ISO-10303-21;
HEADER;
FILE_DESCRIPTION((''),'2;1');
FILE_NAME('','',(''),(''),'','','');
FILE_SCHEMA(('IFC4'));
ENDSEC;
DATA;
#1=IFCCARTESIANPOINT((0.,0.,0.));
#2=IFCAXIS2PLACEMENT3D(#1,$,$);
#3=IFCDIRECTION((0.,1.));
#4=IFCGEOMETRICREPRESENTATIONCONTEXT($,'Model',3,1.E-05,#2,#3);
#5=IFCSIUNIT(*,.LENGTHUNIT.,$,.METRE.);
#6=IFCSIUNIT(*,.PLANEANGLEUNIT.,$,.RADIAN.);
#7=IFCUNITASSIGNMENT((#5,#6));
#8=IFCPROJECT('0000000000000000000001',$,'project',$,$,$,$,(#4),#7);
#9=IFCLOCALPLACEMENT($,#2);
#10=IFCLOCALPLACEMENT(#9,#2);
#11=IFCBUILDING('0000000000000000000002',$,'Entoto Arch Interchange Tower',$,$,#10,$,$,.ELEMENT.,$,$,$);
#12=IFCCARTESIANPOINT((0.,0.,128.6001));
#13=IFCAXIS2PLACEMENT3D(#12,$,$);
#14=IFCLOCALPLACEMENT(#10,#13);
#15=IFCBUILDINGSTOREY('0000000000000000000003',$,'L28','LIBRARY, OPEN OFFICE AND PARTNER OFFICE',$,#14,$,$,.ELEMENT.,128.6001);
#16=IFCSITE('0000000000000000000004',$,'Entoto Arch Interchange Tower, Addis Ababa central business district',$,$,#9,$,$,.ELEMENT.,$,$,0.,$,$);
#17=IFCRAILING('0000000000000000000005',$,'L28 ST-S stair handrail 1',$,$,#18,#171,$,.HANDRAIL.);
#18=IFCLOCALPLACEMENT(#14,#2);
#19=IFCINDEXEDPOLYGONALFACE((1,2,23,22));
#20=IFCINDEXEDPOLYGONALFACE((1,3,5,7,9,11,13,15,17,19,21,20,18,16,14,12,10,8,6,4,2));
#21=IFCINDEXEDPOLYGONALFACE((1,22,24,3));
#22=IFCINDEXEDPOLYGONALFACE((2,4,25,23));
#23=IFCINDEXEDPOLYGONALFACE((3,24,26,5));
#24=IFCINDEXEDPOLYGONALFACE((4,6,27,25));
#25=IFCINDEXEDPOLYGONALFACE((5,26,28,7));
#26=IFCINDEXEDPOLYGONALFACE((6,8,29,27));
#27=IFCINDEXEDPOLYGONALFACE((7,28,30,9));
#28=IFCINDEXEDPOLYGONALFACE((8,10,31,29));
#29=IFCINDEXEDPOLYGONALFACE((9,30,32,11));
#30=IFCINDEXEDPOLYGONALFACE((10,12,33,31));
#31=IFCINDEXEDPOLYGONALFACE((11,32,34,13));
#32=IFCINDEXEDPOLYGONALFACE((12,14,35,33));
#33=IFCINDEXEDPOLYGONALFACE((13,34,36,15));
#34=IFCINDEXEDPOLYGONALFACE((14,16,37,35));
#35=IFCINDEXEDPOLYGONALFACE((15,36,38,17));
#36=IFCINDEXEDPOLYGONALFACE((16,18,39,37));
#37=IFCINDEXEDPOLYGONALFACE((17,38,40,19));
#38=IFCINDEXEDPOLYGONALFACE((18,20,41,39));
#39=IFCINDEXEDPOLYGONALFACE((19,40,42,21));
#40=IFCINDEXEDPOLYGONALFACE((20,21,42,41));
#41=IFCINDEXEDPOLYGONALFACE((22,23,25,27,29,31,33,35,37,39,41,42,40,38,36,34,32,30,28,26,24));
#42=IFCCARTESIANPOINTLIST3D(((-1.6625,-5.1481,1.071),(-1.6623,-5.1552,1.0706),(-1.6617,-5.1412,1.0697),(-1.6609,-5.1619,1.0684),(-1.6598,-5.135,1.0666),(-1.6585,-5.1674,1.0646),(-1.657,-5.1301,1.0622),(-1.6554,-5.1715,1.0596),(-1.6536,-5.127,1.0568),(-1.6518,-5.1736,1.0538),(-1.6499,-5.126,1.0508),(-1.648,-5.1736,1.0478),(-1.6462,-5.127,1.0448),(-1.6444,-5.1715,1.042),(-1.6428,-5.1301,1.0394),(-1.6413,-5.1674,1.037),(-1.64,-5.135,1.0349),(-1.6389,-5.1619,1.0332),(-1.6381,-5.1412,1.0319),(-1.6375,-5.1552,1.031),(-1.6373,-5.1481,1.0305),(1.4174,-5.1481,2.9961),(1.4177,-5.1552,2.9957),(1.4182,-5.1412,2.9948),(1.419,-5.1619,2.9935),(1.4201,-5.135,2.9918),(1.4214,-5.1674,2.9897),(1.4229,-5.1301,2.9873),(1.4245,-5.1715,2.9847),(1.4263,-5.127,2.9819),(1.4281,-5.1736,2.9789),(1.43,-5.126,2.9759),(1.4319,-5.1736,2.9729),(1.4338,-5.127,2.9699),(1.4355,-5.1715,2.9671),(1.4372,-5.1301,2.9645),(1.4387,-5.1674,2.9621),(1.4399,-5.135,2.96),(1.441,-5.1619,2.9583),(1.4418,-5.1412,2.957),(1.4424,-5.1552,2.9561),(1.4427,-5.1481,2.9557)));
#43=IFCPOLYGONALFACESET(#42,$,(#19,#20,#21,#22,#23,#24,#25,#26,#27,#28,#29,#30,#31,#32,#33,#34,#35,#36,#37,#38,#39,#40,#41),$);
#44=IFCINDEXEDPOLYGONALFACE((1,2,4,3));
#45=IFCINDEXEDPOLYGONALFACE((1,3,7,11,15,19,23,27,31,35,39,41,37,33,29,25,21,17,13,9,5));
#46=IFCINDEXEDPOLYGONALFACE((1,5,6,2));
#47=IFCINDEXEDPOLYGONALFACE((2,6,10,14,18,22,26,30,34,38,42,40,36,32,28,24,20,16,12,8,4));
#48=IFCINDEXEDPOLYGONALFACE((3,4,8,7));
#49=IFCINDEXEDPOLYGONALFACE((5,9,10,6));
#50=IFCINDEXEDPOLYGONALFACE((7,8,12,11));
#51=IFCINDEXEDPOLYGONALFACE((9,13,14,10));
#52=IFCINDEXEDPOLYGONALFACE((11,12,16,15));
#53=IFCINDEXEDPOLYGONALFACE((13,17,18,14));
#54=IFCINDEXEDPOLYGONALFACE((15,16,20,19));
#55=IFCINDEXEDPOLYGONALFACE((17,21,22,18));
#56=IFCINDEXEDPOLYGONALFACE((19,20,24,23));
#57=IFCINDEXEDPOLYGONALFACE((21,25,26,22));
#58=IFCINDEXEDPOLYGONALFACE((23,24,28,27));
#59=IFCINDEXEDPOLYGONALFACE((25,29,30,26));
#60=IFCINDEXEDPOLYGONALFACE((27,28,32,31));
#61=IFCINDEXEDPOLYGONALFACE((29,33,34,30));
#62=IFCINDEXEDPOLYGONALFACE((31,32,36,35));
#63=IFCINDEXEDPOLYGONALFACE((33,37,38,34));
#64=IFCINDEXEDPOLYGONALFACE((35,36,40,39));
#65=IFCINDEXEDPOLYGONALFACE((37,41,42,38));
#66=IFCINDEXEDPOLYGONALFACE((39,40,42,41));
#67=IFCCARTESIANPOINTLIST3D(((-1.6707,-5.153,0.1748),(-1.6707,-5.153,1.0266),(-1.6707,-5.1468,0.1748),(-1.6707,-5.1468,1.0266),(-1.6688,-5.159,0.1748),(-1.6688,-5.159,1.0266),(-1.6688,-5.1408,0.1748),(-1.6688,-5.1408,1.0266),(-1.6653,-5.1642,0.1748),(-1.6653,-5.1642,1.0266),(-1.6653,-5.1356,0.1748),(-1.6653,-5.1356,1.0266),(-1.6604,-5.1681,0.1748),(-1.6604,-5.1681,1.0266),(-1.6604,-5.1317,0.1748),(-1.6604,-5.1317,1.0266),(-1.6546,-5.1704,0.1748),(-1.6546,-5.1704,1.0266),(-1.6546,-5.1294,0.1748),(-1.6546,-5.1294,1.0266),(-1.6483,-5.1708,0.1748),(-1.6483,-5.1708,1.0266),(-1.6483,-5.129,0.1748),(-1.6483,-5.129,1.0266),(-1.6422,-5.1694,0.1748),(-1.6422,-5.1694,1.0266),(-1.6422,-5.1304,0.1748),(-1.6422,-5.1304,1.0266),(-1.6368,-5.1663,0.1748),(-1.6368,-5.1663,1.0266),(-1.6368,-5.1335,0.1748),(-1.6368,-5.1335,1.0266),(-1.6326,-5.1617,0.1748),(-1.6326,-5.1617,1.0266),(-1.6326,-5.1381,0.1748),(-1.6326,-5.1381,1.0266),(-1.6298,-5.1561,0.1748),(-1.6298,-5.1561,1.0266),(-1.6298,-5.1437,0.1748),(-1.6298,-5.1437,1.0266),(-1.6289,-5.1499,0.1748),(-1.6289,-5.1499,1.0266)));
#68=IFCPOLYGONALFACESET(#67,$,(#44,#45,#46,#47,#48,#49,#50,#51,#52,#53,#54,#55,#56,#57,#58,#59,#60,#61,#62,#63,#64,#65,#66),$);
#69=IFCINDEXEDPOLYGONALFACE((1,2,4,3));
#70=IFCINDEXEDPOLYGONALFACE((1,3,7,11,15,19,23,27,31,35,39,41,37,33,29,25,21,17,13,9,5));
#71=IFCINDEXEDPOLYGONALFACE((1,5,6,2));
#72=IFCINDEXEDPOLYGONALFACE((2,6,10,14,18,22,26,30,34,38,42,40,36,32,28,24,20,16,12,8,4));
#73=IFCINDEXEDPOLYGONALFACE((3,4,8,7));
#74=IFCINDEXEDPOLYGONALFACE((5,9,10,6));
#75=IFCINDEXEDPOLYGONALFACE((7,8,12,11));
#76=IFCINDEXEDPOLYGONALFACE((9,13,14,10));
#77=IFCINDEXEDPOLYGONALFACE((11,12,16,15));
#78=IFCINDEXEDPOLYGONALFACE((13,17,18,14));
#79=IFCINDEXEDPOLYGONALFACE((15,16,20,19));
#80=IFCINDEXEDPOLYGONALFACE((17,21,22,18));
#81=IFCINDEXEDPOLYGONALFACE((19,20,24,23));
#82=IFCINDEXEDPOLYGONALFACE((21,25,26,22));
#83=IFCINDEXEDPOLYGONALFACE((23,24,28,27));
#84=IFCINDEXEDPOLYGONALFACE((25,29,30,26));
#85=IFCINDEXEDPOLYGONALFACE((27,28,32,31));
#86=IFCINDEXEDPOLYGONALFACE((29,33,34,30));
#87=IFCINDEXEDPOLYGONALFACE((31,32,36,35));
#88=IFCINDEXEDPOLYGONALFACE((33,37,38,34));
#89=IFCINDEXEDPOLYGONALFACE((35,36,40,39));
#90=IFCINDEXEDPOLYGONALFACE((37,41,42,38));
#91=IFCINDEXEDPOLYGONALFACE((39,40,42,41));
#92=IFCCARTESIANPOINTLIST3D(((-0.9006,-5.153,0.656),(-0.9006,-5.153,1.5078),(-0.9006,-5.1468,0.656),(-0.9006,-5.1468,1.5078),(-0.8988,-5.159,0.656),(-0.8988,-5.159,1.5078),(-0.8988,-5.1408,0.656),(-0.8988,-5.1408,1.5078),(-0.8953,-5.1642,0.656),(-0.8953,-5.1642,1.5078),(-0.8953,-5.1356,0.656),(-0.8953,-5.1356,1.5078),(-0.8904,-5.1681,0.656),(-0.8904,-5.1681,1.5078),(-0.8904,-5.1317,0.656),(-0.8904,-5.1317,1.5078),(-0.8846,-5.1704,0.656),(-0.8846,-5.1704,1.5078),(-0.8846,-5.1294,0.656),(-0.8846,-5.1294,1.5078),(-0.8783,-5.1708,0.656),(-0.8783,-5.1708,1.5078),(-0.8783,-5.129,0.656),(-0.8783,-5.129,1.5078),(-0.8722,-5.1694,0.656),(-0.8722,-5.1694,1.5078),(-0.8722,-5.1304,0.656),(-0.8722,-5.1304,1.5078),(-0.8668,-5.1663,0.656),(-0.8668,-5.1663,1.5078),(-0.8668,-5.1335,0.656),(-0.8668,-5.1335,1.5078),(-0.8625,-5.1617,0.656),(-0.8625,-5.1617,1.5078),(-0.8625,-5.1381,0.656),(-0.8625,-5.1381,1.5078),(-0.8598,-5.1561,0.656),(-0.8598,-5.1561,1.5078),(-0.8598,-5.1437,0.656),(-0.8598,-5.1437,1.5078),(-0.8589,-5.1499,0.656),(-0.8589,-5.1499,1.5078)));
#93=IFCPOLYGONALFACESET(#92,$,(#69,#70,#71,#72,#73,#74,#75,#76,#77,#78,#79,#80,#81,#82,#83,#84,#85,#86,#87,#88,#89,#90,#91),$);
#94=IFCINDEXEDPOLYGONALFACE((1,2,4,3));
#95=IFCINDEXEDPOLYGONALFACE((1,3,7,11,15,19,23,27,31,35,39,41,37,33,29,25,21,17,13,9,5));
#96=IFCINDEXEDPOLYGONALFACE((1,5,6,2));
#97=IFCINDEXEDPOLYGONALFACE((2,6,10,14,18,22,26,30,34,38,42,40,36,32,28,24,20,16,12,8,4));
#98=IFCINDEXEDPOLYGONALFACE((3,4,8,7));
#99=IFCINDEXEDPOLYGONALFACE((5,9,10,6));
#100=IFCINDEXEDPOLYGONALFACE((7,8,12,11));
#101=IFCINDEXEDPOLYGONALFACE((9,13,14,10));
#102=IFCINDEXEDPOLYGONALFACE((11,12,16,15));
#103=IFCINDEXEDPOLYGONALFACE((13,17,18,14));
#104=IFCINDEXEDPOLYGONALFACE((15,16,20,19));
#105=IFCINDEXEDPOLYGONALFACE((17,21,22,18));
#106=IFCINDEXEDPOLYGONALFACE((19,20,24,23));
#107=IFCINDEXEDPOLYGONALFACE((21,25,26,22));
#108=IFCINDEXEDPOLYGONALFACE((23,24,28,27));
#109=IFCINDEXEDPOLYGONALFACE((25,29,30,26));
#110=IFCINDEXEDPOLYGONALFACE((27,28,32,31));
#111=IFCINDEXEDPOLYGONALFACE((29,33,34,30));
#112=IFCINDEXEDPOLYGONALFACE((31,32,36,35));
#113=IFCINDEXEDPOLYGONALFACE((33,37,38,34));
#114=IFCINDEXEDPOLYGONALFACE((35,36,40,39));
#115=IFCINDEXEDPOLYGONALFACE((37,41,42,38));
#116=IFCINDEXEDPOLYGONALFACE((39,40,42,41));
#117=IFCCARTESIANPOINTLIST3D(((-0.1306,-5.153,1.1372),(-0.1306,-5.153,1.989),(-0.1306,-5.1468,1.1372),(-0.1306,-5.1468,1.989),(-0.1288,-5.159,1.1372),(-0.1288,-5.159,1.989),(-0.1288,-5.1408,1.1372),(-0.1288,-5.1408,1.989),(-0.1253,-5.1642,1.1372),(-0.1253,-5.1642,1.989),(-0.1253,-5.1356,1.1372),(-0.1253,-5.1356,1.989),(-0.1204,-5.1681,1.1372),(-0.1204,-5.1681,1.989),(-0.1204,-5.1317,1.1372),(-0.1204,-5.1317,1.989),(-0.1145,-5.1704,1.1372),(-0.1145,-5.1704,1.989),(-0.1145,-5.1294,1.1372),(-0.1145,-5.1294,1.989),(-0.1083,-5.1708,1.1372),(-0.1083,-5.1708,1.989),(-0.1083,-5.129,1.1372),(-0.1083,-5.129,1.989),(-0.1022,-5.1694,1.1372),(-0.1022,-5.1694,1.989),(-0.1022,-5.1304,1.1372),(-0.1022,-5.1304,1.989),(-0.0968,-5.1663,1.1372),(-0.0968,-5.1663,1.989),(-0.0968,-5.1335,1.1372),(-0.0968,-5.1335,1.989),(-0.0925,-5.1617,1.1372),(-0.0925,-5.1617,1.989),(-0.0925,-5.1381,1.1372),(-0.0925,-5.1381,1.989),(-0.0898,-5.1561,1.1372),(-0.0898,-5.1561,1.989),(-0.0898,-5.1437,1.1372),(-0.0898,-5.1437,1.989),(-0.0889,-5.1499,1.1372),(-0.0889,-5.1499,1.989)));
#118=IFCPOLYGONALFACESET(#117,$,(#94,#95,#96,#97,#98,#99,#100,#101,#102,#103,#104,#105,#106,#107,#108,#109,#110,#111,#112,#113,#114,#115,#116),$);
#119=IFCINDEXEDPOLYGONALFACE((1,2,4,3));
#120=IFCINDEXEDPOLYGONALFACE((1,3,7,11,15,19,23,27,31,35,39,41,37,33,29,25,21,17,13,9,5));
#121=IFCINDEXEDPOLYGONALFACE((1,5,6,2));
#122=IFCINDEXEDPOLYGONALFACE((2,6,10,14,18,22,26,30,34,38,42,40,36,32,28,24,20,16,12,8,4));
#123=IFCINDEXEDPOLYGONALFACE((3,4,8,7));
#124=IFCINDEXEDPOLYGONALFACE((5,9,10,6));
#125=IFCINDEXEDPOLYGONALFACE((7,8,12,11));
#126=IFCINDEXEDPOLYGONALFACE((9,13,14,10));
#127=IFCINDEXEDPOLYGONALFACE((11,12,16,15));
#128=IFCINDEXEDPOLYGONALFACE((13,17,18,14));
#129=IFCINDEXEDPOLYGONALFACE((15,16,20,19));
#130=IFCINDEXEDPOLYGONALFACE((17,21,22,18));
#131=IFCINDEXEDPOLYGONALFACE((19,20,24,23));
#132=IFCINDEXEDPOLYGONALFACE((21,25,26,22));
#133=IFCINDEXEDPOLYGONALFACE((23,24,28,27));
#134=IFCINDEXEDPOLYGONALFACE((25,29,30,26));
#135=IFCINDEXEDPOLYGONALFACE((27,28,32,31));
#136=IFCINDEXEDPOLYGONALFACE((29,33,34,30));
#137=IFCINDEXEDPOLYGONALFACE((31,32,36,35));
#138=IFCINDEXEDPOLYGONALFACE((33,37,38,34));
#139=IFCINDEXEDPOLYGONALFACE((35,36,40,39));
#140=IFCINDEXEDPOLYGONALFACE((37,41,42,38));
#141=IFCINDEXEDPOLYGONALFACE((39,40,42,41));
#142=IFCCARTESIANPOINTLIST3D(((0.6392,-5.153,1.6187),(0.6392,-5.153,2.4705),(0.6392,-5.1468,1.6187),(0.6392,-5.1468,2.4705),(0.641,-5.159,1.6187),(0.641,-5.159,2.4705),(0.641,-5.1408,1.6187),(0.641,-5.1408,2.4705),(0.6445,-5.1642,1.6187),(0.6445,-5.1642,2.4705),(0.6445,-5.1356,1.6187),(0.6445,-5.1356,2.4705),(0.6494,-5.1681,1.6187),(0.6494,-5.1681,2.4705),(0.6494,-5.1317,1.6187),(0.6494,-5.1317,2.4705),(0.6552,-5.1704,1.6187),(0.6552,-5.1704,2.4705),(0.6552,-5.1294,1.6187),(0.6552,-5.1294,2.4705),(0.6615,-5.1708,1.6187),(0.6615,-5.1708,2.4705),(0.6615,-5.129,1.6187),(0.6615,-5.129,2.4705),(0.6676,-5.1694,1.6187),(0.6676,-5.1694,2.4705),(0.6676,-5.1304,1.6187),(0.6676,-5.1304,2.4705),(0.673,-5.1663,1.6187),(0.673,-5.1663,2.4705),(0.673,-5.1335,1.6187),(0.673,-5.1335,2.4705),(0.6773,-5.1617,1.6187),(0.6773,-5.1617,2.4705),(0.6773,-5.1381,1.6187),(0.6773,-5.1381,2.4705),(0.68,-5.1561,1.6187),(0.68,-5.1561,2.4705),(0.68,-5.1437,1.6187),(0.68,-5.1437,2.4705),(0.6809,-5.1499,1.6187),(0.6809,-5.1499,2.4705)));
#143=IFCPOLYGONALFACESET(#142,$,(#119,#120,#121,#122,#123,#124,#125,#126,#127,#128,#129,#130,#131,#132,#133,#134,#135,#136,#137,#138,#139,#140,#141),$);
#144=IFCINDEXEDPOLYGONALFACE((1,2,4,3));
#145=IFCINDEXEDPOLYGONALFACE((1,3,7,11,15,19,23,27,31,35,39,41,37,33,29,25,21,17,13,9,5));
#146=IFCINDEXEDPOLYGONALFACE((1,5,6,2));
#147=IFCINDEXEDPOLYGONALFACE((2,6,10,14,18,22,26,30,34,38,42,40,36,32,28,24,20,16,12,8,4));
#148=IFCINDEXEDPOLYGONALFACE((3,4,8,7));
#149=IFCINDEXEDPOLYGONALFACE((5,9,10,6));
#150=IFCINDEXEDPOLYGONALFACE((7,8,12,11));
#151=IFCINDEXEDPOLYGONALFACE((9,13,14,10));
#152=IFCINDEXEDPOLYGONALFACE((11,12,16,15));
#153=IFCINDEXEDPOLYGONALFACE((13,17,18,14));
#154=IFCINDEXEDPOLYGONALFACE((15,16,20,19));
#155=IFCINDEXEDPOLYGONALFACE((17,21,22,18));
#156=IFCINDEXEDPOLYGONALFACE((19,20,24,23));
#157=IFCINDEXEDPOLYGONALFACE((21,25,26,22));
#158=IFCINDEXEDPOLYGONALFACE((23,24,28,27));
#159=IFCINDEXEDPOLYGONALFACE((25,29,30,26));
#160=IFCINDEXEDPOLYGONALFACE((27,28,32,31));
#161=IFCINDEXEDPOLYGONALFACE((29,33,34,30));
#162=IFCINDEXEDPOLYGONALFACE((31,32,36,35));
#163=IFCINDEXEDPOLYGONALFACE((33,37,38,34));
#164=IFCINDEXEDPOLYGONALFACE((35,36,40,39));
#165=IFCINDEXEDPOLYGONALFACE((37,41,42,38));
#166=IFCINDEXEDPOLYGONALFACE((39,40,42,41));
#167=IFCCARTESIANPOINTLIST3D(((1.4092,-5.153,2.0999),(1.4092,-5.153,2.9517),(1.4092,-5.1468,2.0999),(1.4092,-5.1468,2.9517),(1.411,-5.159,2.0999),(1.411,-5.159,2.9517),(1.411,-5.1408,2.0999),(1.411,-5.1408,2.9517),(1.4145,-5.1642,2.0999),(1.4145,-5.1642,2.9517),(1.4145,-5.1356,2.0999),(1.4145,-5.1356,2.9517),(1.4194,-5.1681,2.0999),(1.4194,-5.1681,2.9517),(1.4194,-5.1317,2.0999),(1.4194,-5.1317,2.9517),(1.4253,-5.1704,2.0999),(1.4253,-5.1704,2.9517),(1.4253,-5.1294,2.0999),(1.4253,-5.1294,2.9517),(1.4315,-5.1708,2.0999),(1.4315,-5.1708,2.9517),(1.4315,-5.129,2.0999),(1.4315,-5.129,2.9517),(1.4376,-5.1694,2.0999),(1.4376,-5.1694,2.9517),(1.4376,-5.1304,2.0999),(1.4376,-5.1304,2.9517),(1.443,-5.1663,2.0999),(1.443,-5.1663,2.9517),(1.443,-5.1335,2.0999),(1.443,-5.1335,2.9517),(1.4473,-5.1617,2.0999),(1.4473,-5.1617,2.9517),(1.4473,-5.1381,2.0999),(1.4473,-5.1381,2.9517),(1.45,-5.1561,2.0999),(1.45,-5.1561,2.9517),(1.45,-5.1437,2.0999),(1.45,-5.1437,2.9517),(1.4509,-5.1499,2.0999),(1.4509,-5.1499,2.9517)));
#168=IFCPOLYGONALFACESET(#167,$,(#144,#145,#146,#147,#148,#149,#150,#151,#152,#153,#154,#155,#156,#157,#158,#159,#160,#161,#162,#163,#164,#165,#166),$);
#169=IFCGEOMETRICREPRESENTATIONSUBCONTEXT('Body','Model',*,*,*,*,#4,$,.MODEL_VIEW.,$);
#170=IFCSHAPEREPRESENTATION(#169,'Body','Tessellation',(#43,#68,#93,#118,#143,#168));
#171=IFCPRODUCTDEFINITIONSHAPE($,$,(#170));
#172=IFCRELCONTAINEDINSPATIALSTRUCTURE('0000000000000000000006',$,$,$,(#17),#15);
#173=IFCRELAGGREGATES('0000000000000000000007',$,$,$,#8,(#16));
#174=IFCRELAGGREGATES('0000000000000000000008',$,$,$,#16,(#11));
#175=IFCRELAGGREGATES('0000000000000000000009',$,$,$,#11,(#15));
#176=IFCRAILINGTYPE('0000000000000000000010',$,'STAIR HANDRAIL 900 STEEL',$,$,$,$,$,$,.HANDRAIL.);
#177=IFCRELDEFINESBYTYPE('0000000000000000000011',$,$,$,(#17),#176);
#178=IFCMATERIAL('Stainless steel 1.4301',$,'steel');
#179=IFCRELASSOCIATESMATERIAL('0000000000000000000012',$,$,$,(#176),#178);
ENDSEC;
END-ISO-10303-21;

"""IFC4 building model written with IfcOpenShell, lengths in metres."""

from ifc_helpers import new_model, si_unit, direction, frame, origin, origin_2d, place, context, subcontext, project, spatial, circle, extrude, material, type_object, element, save


model = new_model("IFC4")

# Units and contexts
model_context = context("Model", 3, precision=1e-05, world=origin(), true_north=direction((0.0, 1.0)))
body_context = subcontext(model_context, "Body", "Model", "MODEL_VIEW")
ifc_project = project(units=[si_unit("LENGTHUNIT", "METRE"), si_unit("PLANEANGLEUNIT", "RADIAN")], contexts=[model_context])

# Site, building, storey
site_placement = place(None, origin())
site = spatial("IfcSite", under=ifc_project, at=site_placement, Name="Entoto Arch Interchange Tower, Addis Ababa central business district", CompositionType="ELEMENT", RefElevation=0.0)
building_placement = place(site_placement, origin())
building = spatial("IfcBuilding", under=site, at=building_placement, Name="Entoto Arch Interchange Tower", CompositionType="ELEMENT")
storey_placement = place(building_placement, frame((0.0, 0.0, 128.6001)))
storey = spatial("IfcBuildingStorey", under=building, at=storey_placement, Name="L28", Description="LIBRARY, OPEN OFFICE AND PARTNER OFFICE", CompositionType="ELEMENT", Elevation=128.6001)

# Railing
ifc_material_1 = material(Name="Stainless steel 1.4301", Category="steel")
railing_type_1 = type_object("IfcRailingType", Name="STAIR HANDRAIL 900 STEEL", PredefinedType="HANDRAIL", material=ifc_material_1)
railing_1_placement = place(storey_placement, frame((-1.6499, -5.1499, 0.1748)))
element("IfcRailing", 1, at=railing_1_placement, inside=storey, type_object=railing_type_1, Name="L28 ST-S stair handrail 1", PredefinedType="HANDRAIL", context=body_context, shape_type="SweptSolid", body=[
    extrude(circle(Radius=0.0239, at=origin_2d()), frame((0.0, 0.0, 0.876), z_axis=(0.847979, 0.0, 0.530029), x_axis=(0.0, 1.0, 0.0)), (0.0, 0.0, 1.0), 3.6321),
    extrude(circle(Radius=0.021, at=origin_2d()), origin(), (0.0, 0.0, 1.0), 0.8518),
    extrude(circle(Radius=0.021, at=origin_2d()), frame((0.77, 0.0, 0.4812)), (0.0, 0.0, 1.0), 0.8518),
    extrude(circle(Radius=0.021, at=origin_2d()), frame((1.54, 0.0, 0.9624)), (0.0, 0.0, 1.0), 0.8518),
    extrude(circle(Radius=0.021, at=origin_2d()), frame((2.3098, 0.0, 1.4438)), (0.0, 0.0, 1.0), 0.8518),
    extrude(circle(Radius=0.021, at=origin_2d()), frame((3.0798, 0.0, 1.925)), (0.0, 0.0, 1.0), 0.8518),
])

save(model, "model.ifc")
